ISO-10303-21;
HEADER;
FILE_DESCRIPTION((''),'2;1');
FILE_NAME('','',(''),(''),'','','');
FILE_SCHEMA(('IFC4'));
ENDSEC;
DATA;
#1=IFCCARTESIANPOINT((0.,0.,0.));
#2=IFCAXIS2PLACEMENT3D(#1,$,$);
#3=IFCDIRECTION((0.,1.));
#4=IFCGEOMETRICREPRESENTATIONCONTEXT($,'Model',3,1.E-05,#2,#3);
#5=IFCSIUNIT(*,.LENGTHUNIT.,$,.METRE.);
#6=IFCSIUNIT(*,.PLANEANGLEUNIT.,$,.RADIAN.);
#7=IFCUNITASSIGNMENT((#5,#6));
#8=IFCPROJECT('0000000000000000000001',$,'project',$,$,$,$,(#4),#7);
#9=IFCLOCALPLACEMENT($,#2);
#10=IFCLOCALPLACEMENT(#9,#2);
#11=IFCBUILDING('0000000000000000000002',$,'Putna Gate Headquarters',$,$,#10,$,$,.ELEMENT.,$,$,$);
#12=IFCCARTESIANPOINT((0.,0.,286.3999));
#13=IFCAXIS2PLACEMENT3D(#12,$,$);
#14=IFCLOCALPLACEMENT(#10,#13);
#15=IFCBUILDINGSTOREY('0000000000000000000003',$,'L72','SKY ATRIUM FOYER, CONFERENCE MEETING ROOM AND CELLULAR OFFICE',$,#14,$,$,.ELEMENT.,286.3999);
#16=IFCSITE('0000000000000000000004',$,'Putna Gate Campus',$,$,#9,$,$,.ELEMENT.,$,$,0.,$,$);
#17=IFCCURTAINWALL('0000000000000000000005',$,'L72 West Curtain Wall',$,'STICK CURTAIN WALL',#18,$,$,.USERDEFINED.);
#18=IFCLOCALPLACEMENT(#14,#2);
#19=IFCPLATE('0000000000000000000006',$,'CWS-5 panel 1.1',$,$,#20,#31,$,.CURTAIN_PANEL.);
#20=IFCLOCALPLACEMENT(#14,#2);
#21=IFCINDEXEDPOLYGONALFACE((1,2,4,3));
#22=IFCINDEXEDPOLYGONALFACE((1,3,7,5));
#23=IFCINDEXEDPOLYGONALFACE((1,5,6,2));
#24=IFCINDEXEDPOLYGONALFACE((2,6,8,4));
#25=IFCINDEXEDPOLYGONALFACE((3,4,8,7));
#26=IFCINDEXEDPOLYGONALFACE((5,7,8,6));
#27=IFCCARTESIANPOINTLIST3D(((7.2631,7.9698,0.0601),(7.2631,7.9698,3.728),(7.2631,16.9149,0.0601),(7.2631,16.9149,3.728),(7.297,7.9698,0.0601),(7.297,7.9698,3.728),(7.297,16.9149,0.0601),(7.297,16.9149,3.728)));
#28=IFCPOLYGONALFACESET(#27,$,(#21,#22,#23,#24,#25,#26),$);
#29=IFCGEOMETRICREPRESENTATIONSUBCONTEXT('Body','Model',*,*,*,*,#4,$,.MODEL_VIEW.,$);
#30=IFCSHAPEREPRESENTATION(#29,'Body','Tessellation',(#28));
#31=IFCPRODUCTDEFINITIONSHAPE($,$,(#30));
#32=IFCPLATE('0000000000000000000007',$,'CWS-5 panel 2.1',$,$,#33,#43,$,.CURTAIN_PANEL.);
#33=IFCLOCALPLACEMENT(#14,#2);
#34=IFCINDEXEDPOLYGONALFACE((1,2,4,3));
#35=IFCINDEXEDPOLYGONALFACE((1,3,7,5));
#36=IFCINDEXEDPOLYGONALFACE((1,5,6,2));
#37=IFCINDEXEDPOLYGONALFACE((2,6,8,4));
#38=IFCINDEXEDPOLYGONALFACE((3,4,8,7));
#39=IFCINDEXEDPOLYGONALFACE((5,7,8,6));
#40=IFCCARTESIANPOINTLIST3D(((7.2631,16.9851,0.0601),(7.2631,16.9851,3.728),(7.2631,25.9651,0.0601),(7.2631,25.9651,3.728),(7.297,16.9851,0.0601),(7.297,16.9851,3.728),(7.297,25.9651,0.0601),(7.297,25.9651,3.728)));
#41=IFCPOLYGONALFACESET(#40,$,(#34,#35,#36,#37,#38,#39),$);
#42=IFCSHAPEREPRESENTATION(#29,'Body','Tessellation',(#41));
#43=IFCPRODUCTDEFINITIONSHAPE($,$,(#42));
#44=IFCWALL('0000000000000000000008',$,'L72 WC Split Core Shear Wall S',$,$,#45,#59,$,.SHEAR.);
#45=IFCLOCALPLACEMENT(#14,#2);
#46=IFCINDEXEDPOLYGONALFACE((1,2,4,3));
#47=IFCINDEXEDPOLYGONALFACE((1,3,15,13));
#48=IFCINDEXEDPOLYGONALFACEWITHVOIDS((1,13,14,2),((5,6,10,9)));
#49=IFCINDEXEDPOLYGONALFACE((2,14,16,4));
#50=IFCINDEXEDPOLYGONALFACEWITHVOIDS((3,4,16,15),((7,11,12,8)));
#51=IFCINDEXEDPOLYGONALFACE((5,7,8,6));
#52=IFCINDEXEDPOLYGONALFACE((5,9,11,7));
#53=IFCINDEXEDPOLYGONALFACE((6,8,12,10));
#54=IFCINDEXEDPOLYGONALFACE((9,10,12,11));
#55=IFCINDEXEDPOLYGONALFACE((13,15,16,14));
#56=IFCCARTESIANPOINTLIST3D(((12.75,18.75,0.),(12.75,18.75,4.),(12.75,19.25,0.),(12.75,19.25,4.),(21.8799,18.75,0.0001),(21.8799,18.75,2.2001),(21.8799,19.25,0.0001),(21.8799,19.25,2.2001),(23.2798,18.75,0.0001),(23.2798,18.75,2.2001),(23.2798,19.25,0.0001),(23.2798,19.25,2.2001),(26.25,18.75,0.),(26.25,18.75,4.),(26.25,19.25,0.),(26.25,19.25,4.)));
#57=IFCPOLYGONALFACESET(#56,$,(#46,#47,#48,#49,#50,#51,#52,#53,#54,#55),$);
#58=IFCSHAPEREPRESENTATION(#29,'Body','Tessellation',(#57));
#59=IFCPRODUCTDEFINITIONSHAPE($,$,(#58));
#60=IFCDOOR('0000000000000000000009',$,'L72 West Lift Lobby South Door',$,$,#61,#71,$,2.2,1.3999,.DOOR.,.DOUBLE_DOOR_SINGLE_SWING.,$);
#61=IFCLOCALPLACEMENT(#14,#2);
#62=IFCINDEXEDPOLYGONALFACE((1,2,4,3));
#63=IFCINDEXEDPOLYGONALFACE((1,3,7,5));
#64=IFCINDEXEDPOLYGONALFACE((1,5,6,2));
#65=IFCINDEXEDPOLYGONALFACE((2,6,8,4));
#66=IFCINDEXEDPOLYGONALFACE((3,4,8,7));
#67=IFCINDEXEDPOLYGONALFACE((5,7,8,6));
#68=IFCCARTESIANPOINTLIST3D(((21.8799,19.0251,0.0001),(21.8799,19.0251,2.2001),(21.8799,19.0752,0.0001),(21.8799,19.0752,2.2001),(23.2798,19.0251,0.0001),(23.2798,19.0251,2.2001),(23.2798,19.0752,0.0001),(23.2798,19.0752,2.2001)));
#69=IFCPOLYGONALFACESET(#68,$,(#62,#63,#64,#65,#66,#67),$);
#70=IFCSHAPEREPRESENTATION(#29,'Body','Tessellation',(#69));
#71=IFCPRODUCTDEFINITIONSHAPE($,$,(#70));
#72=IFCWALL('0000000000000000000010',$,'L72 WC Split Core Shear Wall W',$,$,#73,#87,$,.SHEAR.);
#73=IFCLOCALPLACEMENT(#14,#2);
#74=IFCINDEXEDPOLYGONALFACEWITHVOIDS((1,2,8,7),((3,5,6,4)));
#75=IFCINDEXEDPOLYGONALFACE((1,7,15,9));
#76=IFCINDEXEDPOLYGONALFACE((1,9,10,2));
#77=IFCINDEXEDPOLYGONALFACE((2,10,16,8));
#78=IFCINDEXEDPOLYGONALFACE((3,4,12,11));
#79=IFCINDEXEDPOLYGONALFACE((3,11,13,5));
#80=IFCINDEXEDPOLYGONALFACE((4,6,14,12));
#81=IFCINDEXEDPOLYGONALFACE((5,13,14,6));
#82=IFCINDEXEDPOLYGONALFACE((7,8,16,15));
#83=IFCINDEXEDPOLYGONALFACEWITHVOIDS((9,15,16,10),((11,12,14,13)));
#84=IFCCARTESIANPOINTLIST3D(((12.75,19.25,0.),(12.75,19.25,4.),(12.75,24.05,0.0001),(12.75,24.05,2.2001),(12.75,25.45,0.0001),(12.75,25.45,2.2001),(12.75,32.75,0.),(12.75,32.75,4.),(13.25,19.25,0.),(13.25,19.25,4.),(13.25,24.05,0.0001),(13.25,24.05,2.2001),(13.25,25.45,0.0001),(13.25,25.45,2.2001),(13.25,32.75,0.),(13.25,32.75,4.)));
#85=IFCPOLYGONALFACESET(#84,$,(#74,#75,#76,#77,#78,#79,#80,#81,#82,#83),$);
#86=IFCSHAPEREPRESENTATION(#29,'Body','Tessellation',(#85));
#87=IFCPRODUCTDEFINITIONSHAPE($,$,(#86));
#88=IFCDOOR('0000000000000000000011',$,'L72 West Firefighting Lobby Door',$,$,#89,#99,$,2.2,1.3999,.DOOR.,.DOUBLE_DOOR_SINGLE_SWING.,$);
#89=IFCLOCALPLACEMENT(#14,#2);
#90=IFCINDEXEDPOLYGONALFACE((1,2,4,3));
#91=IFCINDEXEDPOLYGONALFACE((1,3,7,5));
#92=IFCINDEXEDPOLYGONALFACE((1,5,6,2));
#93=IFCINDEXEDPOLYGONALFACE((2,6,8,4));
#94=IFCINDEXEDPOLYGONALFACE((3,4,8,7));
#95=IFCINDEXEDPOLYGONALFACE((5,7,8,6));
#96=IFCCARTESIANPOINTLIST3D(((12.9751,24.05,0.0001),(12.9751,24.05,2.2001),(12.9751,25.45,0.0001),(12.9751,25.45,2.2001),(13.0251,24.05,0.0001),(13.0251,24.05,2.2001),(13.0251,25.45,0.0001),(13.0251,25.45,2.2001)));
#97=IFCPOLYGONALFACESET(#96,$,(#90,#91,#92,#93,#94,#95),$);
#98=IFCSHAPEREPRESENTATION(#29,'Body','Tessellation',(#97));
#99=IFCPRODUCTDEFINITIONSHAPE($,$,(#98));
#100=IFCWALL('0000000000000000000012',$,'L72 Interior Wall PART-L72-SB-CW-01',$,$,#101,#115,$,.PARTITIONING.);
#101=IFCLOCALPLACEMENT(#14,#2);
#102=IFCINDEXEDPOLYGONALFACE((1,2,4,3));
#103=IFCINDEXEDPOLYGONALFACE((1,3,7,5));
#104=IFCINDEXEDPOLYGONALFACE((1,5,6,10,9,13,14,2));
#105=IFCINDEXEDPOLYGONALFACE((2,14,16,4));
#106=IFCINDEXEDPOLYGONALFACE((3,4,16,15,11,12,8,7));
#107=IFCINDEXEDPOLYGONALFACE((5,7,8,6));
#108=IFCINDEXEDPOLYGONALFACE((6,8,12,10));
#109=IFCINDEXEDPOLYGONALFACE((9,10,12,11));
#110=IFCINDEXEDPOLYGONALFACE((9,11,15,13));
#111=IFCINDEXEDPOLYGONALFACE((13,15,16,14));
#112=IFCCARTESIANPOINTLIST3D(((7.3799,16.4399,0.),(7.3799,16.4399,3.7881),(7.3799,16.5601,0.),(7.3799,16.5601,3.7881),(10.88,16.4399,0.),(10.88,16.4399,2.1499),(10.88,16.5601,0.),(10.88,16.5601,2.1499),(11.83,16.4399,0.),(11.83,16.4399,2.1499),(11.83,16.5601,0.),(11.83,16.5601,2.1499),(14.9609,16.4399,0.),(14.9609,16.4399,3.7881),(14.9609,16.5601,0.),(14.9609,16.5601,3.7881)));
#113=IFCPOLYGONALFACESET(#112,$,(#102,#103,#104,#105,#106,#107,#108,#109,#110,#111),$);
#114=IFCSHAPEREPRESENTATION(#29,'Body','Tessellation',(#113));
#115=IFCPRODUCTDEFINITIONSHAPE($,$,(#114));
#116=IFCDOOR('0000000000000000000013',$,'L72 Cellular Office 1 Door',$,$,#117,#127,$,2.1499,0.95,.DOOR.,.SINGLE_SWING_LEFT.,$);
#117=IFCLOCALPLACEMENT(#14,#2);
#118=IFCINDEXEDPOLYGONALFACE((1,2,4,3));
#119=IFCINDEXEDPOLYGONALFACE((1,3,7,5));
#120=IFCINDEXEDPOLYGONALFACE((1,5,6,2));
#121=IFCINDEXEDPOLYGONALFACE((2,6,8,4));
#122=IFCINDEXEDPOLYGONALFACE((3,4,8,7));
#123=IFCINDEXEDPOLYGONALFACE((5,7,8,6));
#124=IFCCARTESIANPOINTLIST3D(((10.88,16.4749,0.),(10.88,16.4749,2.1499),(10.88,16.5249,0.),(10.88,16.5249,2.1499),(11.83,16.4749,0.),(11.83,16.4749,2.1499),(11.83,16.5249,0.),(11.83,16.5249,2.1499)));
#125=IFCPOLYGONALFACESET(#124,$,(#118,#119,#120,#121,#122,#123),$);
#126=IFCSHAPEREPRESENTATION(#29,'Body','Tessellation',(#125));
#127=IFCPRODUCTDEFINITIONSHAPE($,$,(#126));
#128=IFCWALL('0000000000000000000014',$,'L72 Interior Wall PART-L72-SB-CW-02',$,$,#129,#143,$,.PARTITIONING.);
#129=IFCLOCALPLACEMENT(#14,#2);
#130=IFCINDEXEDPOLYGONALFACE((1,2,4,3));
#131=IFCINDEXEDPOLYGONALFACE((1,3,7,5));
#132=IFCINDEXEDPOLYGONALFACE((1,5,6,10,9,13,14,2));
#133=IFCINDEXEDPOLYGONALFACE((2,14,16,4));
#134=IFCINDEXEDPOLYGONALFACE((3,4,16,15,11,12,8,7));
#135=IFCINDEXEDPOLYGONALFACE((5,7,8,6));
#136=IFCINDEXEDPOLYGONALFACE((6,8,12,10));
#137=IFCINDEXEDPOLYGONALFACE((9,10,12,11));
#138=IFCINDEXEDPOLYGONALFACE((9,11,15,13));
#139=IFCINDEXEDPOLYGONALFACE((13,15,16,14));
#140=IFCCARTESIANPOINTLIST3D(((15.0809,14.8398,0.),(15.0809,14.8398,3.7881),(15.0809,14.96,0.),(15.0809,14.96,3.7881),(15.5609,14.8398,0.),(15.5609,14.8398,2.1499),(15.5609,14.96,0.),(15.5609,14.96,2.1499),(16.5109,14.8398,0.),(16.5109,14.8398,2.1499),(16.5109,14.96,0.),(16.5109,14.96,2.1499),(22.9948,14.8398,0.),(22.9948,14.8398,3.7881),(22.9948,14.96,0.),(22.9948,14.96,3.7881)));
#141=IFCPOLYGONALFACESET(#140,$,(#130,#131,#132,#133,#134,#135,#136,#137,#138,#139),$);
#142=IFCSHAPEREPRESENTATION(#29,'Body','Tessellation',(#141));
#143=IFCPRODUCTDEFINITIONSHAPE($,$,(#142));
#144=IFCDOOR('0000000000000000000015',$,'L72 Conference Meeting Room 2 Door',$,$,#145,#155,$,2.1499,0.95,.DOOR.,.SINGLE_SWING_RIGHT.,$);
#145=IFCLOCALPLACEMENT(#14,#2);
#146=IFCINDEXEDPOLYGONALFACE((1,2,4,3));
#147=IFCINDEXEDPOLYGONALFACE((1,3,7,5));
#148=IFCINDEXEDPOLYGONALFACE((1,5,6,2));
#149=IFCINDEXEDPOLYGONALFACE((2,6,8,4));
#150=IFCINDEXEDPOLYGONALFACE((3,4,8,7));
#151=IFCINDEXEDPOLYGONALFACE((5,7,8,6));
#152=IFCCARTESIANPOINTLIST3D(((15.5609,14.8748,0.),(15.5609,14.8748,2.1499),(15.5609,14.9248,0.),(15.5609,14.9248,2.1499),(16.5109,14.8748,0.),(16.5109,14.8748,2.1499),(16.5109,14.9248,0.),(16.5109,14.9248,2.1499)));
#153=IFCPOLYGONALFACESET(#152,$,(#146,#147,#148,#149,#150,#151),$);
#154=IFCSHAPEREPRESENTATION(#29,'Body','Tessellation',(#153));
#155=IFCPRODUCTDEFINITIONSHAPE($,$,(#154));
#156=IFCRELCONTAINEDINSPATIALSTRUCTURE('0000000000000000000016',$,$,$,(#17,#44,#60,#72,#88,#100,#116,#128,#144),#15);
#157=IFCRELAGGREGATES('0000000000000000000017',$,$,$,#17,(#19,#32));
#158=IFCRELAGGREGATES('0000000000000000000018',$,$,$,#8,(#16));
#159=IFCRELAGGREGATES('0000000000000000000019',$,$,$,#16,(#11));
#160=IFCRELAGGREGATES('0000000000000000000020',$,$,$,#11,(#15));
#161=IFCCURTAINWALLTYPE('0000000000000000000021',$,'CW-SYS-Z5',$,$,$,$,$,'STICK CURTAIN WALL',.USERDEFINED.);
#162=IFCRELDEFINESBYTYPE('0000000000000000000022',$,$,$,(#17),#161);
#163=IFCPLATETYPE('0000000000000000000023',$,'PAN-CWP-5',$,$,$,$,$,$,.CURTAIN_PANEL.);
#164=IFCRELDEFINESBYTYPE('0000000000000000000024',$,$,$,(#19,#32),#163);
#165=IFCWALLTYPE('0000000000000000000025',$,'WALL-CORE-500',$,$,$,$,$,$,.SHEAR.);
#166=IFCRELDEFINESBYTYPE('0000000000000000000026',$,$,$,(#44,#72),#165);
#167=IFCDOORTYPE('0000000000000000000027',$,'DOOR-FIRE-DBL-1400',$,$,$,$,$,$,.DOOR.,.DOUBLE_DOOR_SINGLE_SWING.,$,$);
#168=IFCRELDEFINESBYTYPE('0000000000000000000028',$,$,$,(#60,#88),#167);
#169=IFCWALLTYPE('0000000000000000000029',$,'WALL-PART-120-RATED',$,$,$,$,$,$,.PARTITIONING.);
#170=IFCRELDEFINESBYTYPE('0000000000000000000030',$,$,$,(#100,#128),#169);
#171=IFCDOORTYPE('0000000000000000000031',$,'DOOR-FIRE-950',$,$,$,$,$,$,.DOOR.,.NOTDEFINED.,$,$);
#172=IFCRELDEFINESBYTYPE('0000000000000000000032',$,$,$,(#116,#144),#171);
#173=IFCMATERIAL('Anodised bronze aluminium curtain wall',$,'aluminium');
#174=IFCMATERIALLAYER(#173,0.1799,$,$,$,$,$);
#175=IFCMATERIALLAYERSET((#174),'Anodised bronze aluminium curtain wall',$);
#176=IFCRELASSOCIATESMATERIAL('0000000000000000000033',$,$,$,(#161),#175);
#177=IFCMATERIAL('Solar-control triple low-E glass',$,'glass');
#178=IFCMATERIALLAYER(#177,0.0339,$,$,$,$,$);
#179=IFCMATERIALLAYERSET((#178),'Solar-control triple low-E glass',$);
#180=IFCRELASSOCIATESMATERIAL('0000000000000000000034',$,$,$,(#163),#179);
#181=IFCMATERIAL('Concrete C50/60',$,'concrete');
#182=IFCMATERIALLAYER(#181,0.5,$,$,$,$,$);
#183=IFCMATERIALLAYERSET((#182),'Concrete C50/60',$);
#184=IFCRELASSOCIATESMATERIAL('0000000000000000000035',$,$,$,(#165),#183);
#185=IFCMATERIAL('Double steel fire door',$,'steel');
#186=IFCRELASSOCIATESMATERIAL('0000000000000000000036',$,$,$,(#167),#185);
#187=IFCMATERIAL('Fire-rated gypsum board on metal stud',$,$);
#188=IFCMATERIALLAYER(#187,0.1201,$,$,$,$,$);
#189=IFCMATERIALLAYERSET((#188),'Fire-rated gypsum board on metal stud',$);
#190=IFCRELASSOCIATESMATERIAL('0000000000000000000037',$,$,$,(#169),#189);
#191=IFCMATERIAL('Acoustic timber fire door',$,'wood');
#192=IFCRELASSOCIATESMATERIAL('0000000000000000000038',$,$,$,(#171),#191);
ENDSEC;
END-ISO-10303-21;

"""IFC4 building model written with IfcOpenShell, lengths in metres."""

from ifc_helpers import new_model, si_unit, direction, frame, frame_2d, origin, origin_2d, place, context, subcontext, project, spatial, rectangle, extrude, material, layer, layer_set, type_object, element, fill, aggregate, save


model = new_model("IFC4")

# Units and contexts
model_context = context("Model", 3, precision=1e-05, world=origin(), true_north=direction((0.0, 1.0)))
body_context = subcontext(model_context, "Body", "Model", "MODEL_VIEW")
ifc_project = project(units=[si_unit("LENGTHUNIT", "METRE"), si_unit("PLANEANGLEUNIT", "RADIAN")], contexts=[model_context])

# Site, building, storey
site_placement = place(None, origin())
site = spatial("IfcSite", under=ifc_project, at=site_placement, Name="Putna Gate Campus", CompositionType="ELEMENT", RefElevation=0.0)
building_placement = place(site_placement, origin())
building = spatial("IfcBuilding", under=site, at=building_placement, Name="Putna Gate Headquarters", CompositionType="ELEMENT")
storey_placement = place(building_placement, frame((0.0, 0.0, 286.3999)))
storey = spatial("IfcBuildingStorey", under=building, at=storey_placement, Name="L72", Description="SKY ATRIUM FOYER, CONFERENCE MEETING ROOM AND CELLULAR OFFICE", CompositionType="ELEMENT", Elevation=286.3999)

# Curtain wall, plates
ifc_material_1 = material(Name="Anodised bronze aluminium curtain wall", Category="aluminium")
ifc_layer_1 = layer(ifc_material_1, 0.1799)
ifc_layer_set_1 = layer_set([ifc_layer_1], Name="Anodised bronze aluminium curtain wall")
curtain_wall_type = type_object("IfcCurtainWallType", Name="CW-SYS-Z5", ElementType="STICK CURTAIN WALL", PredefinedType="USERDEFINED", material=ifc_layer_set_1)
curtain_wall_placement = place(storey_placement, origin())
curtain_wall = element("IfcCurtainWall", 1, at=curtain_wall_placement, inside=storey, type_object=curtain_wall_type, Name="L72 West Curtain Wall", ObjectType="STICK CURTAIN WALL", PredefinedType="USERDEFINED")
ifc_material_2 = material(Name="Solar-control triple low-E glass", Category="glass")
ifc_layer_2 = layer(ifc_material_2, 0.0339)
ifc_layer_set_2 = layer_set([ifc_layer_2], Name="Solar-control triple low-E glass")
plate_type = type_object("IfcPlateType", Name="PAN-CWP-5", PredefinedType="CURTAIN_PANEL", material=ifc_layer_set_2)
plate_1_placement = place(storey_placement, frame((7.28, 12.4424, 0.0601), z_axis=(0.0, 0.0, 1.0), x_axis=(0.0, 1.0, 0.0)))
plate_1 = element("IfcPlate", 2, at=plate_1_placement, type_object=plate_type, Name="CWS-5 panel 1.1", PredefinedType="CURTAIN_PANEL", context=body_context, shape_type="SweptSolid", body=[
    extrude(rectangle(XDim=8.9451, YDim=0.0339, at=origin_2d()), origin(), (0.0, 0.0, 1.0), 3.668),
])
plate_2_placement = place(storey_placement, frame((7.28, 21.4751, 0.0601), z_axis=(0.0, 0.0, 1.0), x_axis=(0.0, 1.0, 0.0)))
plate_2 = element("IfcPlate", 3, at=plate_2_placement, type_object=plate_type, Name="CWS-5 panel 2.1", PredefinedType="CURTAIN_PANEL", context=body_context, shape_type="SweptSolid", body=[
    extrude(rectangle(XDim=8.98, YDim=0.0339, at=origin_2d()), origin(), (0.0, 0.0, 1.0), 3.668),
])
aggregate(curtain_wall, [plate_1, plate_2])

# Walls, openings, doors
ifc_material_3 = material(Name="Concrete C50/60", Category="concrete")
ifc_layer_3 = layer(ifc_material_3, 0.5)
ifc_layer_set_3 = layer_set([ifc_layer_3], Name="Concrete C50/60")
wall_type_1 = type_object("IfcWallType", Name="WALL-CORE-500", PredefinedType="SHEAR", material=ifc_layer_set_3)
wall_1_placement = place(storey_placement, frame((12.75, 19.0, 0.0), z_axis=(0.0, 0.0, 1.0), x_axis=(1.0, 0.0, 0.0)))
wall_1 = element("IfcWall", 4, at=wall_1_placement, inside=storey, type_object=wall_type_1, Name="L72 WC Split Core Shear Wall S", PredefinedType="SHEAR", context=body_context, shape_type="SweptSolid", body=[
    extrude(rectangle(XDim=13.5, YDim=0.5, at=frame_2d((6.75, 0.0))), origin(), (0.0, 0.0, 1.0), 4.0),
])
opening_1_placement = place(wall_1_placement, frame((9.1299, 0.0, 0.0)))
opening_1 = element("IfcOpeningElement", 5, at=opening_1_placement, cuts=wall_1, PredefinedType="OPENING", context=body_context, shape_type="SweptSolid", body=[
    extrude(rectangle(XDim=1.3999, YDim=2.2, at=frame_2d((0.7, 1.1001))), frame((0.0, 0.26, 0.0), z_axis=(0.0, -1.0, 0.0), x_axis=(1.0, 0.0, 0.0)), (0.0, 0.0, 1.0), 0.52),
])
ifc_material_4 = material(Name="Double steel fire door", Category="steel")
door_type_1 = type_object("IfcDoorType", Name="DOOR-FIRE-DBL-1400", OperationType="DOUBLE_DOOR_SINGLE_SWING", PredefinedType="DOOR", material=ifc_material_4)
door_1_placement = place(opening_1_placement, origin())
door_1 = element("IfcDoor", 6, at=door_1_placement, inside=storey, type_object=door_type_1, Name="L72 West Lift Lobby South Door", OperationType="DOUBLE_DOOR_SINGLE_SWING", OverallHeight=2.2, OverallWidth=1.3999, PredefinedType="DOOR", context=body_context, shape_type="SweptSolid", body=[
    extrude(rectangle(XDim=1.3999, YDim=2.2, at=frame_2d((0.7, 1.1001))), frame((0.0, 0.0752, 0.0), z_axis=(0.0, -1.0, 0.0), x_axis=(1.0, 0.0, 0.0)), (0.0, 0.0, 1.0), 0.05),
])
fill(opening_1, door_1)
wall_2_placement = place(storey_placement, frame((13.0, 19.25, 0.0), z_axis=(0.0, 0.0, 1.0), x_axis=(0.0, 1.0, 0.0)))
wall_2 = element("IfcWall", 7, at=wall_2_placement, inside=storey, type_object=wall_type_1, Name="L72 WC Split Core Shear Wall W", PredefinedType="SHEAR", context=body_context, shape_type="SweptSolid", body=[
    extrude(rectangle(XDim=13.5, YDim=0.5, at=frame_2d((6.75, 0.0))), origin(), (0.0, 0.0, 1.0), 4.0),
])
opening_2_placement = place(wall_2_placement, frame((4.8, 0.0, 0.0)))
opening_2 = element("IfcOpeningElement", 8, at=opening_2_placement, cuts=wall_2, PredefinedType="OPENING", context=body_context, shape_type="SweptSolid", body=[
    extrude(rectangle(XDim=1.3999, YDim=2.2, at=frame_2d((0.7, 1.1001))), frame((0.0, 0.26, 0.0), z_axis=(0.0, -1.0, 0.0), x_axis=(1.0, 0.0, 0.0)), (0.0, 0.0, 1.0), 0.52),
])
door_2_placement = place(opening_2_placement, origin())
door_2 = element("IfcDoor", 9, at=door_2_placement, inside=storey, type_object=door_type_1, Name="L72 West Firefighting Lobby Door", OperationType="DOUBLE_DOOR_SINGLE_SWING", OverallHeight=2.2, OverallWidth=1.3999, PredefinedType="DOOR", context=body_context, shape_type="SweptSolid", body=[
    extrude(rectangle(XDim=1.3999, YDim=2.2, at=frame_2d((0.7, 1.1001))), frame((0.0, 0.0249, 0.0), z_axis=(0.0, -1.0, 0.0), x_axis=(1.0, 0.0, 0.0)), (0.0, 0.0, 1.0), 0.05),
])
fill(opening_2, door_2)
ifc_material_5 = material(Name="Fire-rated gypsum board on metal stud")
ifc_layer_4 = layer(ifc_material_5, 0.1201)
ifc_layer_set_4 = layer_set([ifc_layer_4], Name="Fire-rated gypsum board on metal stud")
wall_type_2 = type_object("IfcWallType", Name="WALL-PART-120-RATED", PredefinedType="PARTITIONING", material=ifc_layer_set_4)
wall_3_placement = place(storey_placement, frame((7.3799, 16.5, 0.0), z_axis=(0.0, 0.0, 1.0), x_axis=(1.0, 0.0, 0.0)))
wall_3 = element("IfcWall", 10, at=wall_3_placement, inside=storey, type_object=wall_type_2, Name="L72 Interior Wall PART-L72-SB-CW-01", PredefinedType="PARTITIONING", context=body_context, shape_type="SweptSolid", body=[
    extrude(rectangle(XDim=7.5811, YDim=0.1201, at=frame_2d((3.7905, 0.0))), origin(), (0.0, 0.0, 1.0), 3.7881),
])
opening_3_placement = place(wall_3_placement, frame((3.5, 0.0, 0.0)))
opening_3 = element("IfcOpeningElement", 11, at=opening_3_placement, cuts=wall_3, PredefinedType="OPENING", context=body_context, shape_type="SweptSolid", body=[
    extrude(rectangle(XDim=0.95, YDim=2.1499, at=frame_2d((0.4751, 1.075))), frame((0.0, 0.0701, 0.0), z_axis=(0.0, -1.0, 0.0), x_axis=(1.0, 0.0, 0.0)), (0.0, 0.0, 1.0), 0.1401),
])
ifc_material_6 = material(Name="Acoustic timber fire door", Category="wood")
door_type_2 = type_object("IfcDoorType", Name="DOOR-FIRE-950", OperationType="NOTDEFINED", PredefinedType="DOOR", material=ifc_material_6)
door_3_placement = place(opening_3_placement, origin())
door_3 = element("IfcDoor", 12, at=door_3_placement, inside=storey, type_object=door_type_2, Name="L72 Cellular Office 1 Door", OperationType="SINGLE_SWING_LEFT", OverallHeight=2.1499, OverallWidth=0.95, PredefinedType="DOOR", context=body_context, shape_type="SweptSolid", body=[
    extrude(rectangle(XDim=0.95, YDim=2.1499, at=frame_2d((0.4751, 1.075))), frame((0.0, 0.0249, 0.0), z_axis=(0.0, -1.0, 0.0), x_axis=(1.0, 0.0, 0.0)), (0.0, 0.0, 1.0), 0.05),
])
fill(opening_3, door_3)
wall_4_placement = place(storey_placement, frame((15.0808, 14.8999, 0.0), z_axis=(0.0, 0.0, 1.0), x_axis=(1.0, 0.0, 0.0)))
wall_4 = element("IfcWall", 13, at=wall_4_placement, inside=storey, type_object=wall_type_2, Name="L72 Interior Wall PART-L72-SB-CW-02", PredefinedType="PARTITIONING", context=body_context, shape_type="SweptSolid", body=[
    extrude(rectangle(XDim=7.9138, YDim=0.1201, at=frame_2d((3.957, 0.0))), origin(), (0.0, 0.0, 1.0), 3.7881),
])
opening_4_placement = place(wall_4_placement, frame((0.48, 0.0, 0.0)))
opening_4 = element("IfcOpeningElement", 14, at=opening_4_placement, cuts=wall_4, PredefinedType="OPENING", context=body_context, shape_type="SweptSolid", body=[
    extrude(rectangle(XDim=0.95, YDim=2.1499, at=frame_2d((0.4751, 1.075))), frame((0.0, 0.0701, 0.0), z_axis=(0.0, -1.0, 0.0), x_axis=(1.0, 0.0, 0.0)), (0.0, 0.0, 1.0), 0.1401),
])
door_4_placement = place(opening_4_placement, origin())
door_4 = element("IfcDoor", 15, at=door_4_placement, inside=storey, type_object=door_type_2, Name="L72 Conference Meeting Room 2 Door", OperationType="SINGLE_SWING_RIGHT", OverallHeight=2.1499, OverallWidth=0.95, PredefinedType="DOOR", context=body_context, shape_type="SweptSolid", body=[
    extrude(rectangle(XDim=0.95, YDim=2.1499, at=frame_2d((0.4751, 1.075))), frame((0.0, 0.0249, 0.0), z_axis=(0.0, -1.0, 0.0), x_axis=(1.0, 0.0, 0.0)), (0.0, 0.0, 1.0), 0.05),
])
fill(opening_4, door_4)

save(model, "model.ifc")
